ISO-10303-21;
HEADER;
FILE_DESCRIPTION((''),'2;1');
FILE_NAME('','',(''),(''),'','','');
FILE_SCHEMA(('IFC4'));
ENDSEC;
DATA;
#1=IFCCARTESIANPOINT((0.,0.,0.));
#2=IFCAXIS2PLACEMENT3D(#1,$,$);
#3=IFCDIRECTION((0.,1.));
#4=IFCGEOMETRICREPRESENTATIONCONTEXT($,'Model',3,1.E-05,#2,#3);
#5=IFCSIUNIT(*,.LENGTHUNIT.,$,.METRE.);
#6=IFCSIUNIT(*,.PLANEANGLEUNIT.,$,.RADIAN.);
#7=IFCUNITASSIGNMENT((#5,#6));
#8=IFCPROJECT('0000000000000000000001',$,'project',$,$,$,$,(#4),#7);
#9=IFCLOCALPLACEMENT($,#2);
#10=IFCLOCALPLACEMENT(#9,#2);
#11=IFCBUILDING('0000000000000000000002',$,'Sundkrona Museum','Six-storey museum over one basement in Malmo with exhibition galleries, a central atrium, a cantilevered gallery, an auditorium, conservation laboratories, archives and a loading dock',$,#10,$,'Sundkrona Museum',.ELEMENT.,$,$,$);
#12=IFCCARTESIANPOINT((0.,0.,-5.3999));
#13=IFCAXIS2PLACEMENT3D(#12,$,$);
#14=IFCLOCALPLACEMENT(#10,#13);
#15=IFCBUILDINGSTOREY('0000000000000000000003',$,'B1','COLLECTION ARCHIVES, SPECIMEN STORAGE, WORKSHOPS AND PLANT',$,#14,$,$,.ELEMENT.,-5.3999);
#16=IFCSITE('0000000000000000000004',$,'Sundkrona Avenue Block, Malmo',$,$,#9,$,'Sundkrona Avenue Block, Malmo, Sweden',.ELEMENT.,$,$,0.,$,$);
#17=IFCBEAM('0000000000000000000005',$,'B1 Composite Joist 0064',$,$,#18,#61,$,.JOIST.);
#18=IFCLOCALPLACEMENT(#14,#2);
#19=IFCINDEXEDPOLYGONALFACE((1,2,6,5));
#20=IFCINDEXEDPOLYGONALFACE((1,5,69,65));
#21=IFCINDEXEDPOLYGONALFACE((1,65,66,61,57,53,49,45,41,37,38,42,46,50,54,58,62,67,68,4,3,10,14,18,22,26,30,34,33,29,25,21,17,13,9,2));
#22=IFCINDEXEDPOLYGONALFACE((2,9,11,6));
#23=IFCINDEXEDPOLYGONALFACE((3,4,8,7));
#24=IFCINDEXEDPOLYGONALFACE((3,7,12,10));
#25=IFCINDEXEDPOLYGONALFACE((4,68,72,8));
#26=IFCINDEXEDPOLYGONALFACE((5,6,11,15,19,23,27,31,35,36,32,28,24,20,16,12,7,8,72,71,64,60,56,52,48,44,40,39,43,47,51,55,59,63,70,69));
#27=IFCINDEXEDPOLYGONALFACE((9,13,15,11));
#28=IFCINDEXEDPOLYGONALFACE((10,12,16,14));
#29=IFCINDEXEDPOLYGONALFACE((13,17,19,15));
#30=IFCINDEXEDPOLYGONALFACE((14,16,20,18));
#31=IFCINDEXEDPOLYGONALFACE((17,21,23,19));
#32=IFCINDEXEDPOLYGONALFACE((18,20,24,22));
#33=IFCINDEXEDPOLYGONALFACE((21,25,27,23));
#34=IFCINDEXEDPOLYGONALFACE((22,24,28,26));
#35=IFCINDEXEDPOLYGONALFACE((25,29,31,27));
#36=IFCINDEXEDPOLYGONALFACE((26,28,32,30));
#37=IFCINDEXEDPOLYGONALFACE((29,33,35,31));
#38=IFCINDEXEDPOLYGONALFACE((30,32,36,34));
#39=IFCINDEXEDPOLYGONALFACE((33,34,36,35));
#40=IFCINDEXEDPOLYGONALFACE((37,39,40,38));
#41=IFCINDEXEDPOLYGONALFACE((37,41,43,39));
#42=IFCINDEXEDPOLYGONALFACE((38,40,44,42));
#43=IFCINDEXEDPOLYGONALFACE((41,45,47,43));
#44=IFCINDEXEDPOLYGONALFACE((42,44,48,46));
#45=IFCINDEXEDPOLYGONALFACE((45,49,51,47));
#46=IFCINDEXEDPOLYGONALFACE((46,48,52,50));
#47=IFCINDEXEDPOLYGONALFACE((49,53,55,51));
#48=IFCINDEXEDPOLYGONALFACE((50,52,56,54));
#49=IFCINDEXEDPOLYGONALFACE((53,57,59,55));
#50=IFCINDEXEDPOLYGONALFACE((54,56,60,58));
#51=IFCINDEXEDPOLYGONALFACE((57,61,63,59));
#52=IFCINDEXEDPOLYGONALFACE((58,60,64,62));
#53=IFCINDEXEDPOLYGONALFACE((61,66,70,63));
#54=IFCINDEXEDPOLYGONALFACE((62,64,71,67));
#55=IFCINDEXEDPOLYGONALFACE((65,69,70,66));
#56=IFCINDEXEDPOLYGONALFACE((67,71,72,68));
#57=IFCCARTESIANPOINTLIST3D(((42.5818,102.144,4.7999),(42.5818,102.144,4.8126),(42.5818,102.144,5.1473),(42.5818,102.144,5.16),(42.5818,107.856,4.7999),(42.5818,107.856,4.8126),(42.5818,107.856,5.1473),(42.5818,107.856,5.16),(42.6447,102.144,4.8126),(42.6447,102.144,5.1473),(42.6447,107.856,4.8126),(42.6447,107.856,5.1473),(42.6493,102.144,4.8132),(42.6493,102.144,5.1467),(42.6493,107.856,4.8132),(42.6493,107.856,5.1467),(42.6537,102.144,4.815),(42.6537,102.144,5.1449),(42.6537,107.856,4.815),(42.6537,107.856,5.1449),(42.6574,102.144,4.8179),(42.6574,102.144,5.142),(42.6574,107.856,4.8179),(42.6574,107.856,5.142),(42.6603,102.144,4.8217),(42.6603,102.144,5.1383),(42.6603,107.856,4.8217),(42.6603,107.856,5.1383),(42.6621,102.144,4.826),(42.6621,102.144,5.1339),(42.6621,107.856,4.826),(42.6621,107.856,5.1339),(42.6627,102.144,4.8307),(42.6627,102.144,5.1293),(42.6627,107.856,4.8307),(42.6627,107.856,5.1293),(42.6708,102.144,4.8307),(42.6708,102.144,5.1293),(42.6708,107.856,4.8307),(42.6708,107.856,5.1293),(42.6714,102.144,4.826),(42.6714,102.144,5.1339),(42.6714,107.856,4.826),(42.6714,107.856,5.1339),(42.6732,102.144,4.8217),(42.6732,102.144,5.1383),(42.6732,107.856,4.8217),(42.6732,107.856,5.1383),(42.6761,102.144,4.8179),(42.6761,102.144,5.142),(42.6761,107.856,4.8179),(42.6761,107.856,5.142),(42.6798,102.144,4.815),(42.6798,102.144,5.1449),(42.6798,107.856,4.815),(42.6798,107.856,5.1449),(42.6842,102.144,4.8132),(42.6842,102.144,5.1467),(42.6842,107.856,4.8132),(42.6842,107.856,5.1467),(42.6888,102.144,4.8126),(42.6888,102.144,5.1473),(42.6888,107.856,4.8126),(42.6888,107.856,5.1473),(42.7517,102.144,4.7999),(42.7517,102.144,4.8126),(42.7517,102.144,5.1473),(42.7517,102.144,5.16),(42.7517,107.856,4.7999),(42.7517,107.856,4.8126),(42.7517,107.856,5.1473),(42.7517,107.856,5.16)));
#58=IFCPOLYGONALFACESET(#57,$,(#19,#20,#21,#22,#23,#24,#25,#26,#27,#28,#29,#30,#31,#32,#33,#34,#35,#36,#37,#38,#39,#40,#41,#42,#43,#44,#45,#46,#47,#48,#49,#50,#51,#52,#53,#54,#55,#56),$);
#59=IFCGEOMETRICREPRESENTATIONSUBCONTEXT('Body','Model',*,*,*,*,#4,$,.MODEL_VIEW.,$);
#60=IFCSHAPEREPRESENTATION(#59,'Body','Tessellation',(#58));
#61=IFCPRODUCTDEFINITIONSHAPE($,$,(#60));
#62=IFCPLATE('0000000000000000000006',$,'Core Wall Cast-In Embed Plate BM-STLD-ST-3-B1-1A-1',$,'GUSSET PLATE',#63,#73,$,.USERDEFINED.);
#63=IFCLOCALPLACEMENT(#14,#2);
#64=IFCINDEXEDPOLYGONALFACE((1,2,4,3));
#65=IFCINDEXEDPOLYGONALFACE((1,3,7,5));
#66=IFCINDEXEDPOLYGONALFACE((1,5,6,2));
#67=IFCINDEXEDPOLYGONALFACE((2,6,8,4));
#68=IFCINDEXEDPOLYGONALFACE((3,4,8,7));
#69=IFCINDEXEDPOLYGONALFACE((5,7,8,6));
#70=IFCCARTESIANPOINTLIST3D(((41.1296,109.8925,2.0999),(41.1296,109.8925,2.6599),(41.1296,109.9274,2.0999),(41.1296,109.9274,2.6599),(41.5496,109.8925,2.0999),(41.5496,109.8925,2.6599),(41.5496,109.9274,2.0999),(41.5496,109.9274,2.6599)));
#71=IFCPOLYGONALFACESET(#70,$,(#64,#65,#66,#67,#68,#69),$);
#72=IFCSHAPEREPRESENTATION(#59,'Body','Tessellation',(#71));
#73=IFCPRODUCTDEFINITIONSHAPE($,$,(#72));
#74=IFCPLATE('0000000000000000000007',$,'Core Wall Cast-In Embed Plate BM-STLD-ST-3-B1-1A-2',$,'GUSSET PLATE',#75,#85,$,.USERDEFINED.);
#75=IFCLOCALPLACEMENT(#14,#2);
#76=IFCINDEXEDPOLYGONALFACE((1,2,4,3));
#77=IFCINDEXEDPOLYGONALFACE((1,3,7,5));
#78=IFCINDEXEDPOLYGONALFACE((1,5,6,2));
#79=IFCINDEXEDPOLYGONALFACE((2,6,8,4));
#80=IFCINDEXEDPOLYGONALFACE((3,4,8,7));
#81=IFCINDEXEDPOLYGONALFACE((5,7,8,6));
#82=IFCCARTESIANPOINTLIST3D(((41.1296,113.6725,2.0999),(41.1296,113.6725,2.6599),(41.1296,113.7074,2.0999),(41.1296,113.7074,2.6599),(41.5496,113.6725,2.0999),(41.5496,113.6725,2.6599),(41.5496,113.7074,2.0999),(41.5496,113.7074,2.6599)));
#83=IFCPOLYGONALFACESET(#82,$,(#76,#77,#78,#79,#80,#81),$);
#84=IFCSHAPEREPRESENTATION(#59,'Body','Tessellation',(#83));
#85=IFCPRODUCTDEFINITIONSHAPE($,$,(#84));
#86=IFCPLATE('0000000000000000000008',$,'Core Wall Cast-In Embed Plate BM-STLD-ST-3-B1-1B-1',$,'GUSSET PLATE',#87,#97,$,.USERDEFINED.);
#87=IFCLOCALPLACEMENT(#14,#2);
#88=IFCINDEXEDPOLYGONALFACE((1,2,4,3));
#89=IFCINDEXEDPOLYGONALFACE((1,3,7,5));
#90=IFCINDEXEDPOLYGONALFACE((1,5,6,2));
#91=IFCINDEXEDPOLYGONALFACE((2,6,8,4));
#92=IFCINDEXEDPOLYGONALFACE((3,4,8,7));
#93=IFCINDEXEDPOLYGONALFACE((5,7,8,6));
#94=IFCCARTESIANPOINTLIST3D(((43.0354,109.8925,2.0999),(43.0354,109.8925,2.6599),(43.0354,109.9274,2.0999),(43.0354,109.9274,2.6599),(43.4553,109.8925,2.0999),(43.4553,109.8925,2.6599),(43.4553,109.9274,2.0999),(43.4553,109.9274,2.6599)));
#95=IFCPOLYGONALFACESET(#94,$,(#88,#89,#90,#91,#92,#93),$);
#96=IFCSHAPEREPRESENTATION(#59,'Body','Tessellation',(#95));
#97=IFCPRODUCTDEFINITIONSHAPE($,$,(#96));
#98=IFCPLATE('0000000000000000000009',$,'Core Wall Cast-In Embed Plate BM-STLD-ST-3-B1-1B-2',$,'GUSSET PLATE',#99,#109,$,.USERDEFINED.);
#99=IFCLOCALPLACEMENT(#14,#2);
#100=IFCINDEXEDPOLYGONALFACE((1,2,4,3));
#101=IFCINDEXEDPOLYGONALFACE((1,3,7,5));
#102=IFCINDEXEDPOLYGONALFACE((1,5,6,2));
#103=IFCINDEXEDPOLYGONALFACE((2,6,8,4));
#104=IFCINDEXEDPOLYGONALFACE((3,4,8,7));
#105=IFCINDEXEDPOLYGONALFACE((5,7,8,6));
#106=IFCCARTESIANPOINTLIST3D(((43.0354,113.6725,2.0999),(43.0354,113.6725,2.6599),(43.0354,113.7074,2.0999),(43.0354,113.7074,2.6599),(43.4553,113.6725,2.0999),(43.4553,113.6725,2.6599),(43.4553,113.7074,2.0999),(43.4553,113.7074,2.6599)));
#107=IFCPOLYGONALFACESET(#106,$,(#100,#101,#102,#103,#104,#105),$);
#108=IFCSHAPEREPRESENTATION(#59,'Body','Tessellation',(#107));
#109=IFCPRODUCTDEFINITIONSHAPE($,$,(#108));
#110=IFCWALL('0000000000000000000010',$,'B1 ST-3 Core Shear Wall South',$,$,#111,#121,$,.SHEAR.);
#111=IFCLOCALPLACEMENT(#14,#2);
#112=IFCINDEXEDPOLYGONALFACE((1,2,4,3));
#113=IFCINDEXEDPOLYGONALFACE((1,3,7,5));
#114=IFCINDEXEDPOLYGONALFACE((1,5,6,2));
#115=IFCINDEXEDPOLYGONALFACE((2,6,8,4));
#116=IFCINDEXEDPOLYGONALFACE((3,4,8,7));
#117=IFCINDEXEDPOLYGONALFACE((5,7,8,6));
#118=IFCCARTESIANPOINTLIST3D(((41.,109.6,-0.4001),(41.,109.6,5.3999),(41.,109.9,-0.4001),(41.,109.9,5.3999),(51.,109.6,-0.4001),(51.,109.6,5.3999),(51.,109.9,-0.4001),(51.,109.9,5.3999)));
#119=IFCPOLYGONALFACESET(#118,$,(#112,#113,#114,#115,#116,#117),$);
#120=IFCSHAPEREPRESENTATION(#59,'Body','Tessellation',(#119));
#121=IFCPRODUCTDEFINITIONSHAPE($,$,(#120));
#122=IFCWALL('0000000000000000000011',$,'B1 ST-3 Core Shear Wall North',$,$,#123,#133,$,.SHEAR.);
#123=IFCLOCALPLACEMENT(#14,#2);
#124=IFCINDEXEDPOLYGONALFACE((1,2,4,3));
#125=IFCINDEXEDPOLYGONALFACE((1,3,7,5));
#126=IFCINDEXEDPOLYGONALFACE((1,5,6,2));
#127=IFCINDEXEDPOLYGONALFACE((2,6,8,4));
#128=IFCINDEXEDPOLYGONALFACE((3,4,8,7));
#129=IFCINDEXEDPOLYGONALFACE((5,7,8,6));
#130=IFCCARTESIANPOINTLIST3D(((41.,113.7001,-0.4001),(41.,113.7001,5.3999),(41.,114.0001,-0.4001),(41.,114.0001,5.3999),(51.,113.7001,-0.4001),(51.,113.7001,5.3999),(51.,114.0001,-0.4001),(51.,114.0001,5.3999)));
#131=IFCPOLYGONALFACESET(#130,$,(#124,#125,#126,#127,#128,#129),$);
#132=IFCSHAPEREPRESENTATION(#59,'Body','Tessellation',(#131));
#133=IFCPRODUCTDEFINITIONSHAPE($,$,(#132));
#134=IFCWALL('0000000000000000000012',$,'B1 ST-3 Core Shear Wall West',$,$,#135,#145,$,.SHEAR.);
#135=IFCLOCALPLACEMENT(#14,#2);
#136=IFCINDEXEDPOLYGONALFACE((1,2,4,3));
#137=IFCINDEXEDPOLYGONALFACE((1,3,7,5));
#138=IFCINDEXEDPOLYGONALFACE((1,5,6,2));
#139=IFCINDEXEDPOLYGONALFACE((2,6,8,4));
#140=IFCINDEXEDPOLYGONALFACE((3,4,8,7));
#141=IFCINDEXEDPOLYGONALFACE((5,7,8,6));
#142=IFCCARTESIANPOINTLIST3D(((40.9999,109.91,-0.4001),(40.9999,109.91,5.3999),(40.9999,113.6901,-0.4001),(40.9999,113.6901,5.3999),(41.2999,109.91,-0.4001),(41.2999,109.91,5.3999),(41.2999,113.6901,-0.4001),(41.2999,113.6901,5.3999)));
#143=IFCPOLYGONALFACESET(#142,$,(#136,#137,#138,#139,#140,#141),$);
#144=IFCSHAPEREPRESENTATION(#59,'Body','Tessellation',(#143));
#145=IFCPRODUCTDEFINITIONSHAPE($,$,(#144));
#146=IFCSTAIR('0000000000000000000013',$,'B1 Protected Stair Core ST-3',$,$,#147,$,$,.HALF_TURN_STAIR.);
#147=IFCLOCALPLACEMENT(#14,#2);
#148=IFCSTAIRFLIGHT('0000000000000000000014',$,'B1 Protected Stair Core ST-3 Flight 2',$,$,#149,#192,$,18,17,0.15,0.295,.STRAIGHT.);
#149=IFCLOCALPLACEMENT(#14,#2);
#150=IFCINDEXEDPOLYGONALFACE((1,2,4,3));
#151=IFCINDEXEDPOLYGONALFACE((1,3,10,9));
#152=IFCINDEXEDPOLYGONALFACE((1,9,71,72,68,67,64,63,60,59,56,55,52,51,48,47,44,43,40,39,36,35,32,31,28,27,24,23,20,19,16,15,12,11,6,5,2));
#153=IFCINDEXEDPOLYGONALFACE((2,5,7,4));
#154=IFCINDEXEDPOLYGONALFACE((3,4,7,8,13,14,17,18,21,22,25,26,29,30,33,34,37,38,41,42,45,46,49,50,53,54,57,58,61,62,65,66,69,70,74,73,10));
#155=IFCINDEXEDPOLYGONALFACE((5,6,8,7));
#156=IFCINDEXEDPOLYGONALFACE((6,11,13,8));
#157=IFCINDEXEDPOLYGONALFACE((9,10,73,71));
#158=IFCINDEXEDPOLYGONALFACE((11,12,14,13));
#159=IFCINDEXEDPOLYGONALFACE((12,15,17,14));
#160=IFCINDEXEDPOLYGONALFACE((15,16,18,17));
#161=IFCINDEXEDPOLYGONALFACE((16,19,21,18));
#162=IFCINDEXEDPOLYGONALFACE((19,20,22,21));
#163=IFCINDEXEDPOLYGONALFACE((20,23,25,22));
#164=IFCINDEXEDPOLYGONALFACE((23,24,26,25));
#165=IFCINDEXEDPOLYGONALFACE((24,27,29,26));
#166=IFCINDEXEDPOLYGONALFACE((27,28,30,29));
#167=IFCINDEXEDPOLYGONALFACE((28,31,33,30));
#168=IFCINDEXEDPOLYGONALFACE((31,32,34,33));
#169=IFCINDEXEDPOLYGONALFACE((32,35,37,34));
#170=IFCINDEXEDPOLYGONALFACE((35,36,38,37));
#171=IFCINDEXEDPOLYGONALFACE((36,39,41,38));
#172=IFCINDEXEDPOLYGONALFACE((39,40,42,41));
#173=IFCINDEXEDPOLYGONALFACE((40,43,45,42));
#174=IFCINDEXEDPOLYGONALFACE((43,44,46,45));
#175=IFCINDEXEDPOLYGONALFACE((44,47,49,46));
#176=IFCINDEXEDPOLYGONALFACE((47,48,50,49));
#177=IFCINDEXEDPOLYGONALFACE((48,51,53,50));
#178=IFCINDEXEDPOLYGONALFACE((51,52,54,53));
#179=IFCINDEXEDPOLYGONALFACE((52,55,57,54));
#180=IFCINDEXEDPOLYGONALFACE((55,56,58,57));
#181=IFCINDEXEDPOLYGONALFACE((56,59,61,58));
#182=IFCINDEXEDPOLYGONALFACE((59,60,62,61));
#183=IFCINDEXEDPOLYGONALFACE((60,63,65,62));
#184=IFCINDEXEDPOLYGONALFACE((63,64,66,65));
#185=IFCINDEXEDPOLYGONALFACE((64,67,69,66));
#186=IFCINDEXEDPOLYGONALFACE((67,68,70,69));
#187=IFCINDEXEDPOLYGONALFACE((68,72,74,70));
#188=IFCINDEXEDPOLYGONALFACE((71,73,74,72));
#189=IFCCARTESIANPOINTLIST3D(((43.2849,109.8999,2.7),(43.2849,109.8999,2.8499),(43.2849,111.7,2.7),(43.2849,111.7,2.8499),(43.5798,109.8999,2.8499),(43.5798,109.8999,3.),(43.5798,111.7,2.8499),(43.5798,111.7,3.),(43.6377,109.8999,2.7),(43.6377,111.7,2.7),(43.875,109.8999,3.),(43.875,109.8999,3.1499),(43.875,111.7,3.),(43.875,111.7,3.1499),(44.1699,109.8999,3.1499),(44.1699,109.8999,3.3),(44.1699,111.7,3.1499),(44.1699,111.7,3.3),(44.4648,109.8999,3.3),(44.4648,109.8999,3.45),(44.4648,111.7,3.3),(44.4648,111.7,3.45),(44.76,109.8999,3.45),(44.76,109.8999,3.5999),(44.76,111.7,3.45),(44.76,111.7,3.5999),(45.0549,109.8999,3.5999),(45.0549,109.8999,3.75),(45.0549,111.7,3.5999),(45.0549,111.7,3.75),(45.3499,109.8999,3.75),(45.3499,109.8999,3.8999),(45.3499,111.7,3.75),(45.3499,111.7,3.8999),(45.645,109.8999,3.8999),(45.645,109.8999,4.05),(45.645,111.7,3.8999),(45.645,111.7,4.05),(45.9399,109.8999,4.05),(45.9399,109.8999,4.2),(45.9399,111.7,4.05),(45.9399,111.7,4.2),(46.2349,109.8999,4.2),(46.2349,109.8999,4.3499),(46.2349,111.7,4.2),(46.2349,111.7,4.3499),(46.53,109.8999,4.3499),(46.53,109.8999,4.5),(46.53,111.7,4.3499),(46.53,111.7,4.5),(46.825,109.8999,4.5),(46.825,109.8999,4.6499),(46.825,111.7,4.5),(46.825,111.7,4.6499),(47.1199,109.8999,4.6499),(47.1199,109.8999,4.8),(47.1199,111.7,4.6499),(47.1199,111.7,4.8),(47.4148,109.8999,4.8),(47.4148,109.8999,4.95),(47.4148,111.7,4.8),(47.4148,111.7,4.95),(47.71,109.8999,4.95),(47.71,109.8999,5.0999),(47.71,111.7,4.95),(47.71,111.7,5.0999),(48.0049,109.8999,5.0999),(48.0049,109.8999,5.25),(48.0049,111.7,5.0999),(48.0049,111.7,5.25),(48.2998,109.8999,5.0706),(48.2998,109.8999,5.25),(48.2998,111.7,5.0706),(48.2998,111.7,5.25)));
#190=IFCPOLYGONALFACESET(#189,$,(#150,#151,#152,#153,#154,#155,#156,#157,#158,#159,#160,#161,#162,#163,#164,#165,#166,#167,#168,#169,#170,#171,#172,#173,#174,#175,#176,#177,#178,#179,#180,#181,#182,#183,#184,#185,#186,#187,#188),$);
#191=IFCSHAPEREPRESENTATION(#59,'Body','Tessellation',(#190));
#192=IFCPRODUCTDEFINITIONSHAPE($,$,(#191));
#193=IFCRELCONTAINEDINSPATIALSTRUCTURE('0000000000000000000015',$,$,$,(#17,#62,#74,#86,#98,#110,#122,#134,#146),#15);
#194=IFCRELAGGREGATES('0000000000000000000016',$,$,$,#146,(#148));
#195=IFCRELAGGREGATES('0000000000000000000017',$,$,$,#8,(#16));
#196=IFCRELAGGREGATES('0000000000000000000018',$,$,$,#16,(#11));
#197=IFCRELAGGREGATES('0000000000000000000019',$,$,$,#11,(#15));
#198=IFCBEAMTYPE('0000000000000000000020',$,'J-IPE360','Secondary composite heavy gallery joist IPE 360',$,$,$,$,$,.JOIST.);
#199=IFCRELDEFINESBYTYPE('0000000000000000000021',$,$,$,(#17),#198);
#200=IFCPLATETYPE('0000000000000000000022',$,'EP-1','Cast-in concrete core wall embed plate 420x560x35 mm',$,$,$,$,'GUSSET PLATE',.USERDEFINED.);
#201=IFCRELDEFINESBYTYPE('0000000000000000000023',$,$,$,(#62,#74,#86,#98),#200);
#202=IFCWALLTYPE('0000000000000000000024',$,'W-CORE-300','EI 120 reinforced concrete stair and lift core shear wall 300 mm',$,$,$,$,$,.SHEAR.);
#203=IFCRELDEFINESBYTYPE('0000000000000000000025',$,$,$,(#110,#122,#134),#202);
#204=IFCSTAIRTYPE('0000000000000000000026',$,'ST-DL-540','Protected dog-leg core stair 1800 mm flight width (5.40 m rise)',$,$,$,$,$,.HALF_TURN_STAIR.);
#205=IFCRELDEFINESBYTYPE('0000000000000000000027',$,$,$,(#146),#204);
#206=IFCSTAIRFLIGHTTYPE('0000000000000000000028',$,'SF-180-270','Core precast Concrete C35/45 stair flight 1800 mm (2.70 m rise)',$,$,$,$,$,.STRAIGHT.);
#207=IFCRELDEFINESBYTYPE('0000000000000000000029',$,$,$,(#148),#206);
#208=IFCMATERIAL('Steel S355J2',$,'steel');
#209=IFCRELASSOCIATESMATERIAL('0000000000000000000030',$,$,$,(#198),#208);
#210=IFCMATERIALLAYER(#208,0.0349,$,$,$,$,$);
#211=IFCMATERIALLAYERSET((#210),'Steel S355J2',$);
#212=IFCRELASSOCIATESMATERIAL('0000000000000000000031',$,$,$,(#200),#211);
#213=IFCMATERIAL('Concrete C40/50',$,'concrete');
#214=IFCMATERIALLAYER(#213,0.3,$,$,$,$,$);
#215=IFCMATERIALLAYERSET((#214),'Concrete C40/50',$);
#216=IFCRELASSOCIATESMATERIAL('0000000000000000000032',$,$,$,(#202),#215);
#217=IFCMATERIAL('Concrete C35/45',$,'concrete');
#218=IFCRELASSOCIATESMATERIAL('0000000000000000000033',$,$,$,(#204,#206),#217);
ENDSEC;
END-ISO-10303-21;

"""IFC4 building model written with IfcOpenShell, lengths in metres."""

from ifc_helpers import new_model, si_unit, direction, frame, frame_2d, origin, origin_2d, place, context, subcontext, project, spatial, polyline, rectangle, i_section, outline, extrude, material, layer, layer_set, material_profile, profile_set, type_object, element, aggregate, save


model = new_model("IFC4")

# Units and contexts
model_context = context("Model", 3, precision=1e-05, world=origin(), true_north=direction((0.0, 1.0)))
body_context = subcontext(model_context, "Body", "Model", "MODEL_VIEW")
ifc_project = project(units=[si_unit("LENGTHUNIT", "METRE"), si_unit("PLANEANGLEUNIT", "RADIAN")], contexts=[model_context])

# Site, building, storey
site_placement = place(None, origin())
site = spatial("IfcSite", under=ifc_project, at=site_placement, Name="Sundkrona Avenue Block, Malmo", LongName="Sundkrona Avenue Block, Malmo, Sweden", CompositionType="ELEMENT", RefElevation=0.0)
building_placement = place(site_placement, origin())
building = spatial("IfcBuilding", under=site, at=building_placement, Name="Sundkrona Museum", Description="Six-storey museum over one basement in Malmo with exhibition galleries, a central atrium, a cantilevered gallery, an auditorium, conservation laboratories, archives and a loading dock", LongName="Sundkrona Museum", CompositionType="ELEMENT")
storey_placement = place(building_placement, frame((0.0, 0.0, -5.3999)))
storey = spatial("IfcBuildingStorey", under=building, at=storey_placement, Name="B1", Description="COLLECTION ARCHIVES, SPECIMEN STORAGE, WORKSHOPS AND PLANT", CompositionType="ELEMENT", Elevation=-5.3999)

# Shared definitions
ifc_material_1 = material(Name="Concrete C40/50", Category="concrete")

# Shared definitions
ifc_material_2 = material(Name="Steel S355J2", Category="steel")

# Beam
ifc_material_profile_1 = material_profile(ifc_material_2, i_section(OverallWidth=0.1699, OverallDepth=0.3601, WebThickness=0.0081, FlangeThickness=0.0127, FilletRadius=0.0181, at=origin_2d()), Name="IPE 360")
ifc_profile_set_1 = profile_set([ifc_material_profile_1], Name="Steel S355J2")
beam_type_1 = type_object("IfcBeamType", Name="J-IPE360", Description="Secondary composite heavy gallery joist IPE 360", PredefinedType="JOIST", material=ifc_profile_set_1)
beam_1_placement = place(storey_placement, frame((42.6667, 102.144, 4.98), z_axis=(0.0, 1.0, 0.0), x_axis=(-1.0, 0.0, 0.0)))
element("IfcBeam", 1, at=beam_1_placement, inside=storey, type_object=beam_type_1, Name="B1 Composite Joist 0064", PredefinedType="JOIST", context=body_context, shape_type="SweptSolid", body=[
    extrude(i_section(OverallWidth=0.1699, OverallDepth=0.3601, WebThickness=0.0081, FlangeThickness=0.0127, FilletRadius=0.0181, at=origin_2d()), origin(), (0.0, 0.0, 1.0), 5.7119),
])

# Plates
ifc_layer_1 = layer(ifc_material_2, 0.0349)
ifc_layer_set_1 = layer_set([ifc_layer_1], Name="Steel S355J2")
plate_type = type_object("IfcPlateType", Name="EP-1", Description="Cast-in concrete core wall embed plate 420x560x35 mm", ElementType="GUSSET PLATE", PredefinedType="USERDEFINED", material=ifc_layer_set_1)
for number, where, z_axis, x_axis, name in (
    (2, (41.3396, 109.9099, 2.0999), (0.0, 0.0, 1.0), (1.0, 0.0, 0.0), "Core Wall Cast-In Embed Plate BM-STLD-ST-3-B1-1A-1"),
    (3, (41.3396, 113.6899, 2.0999), (0.0, 0.0, 1.0), (1.0, 0.0, 0.0), "Core Wall Cast-In Embed Plate BM-STLD-ST-3-B1-1A-2"),
    (4, (43.2454, 109.9099, 2.0999), (0.0, 0.0, 1.0), (1.0, 0.0, 0.0), "Core Wall Cast-In Embed Plate BM-STLD-ST-3-B1-1B-1"),
    (5, (43.2454, 113.6899, 2.0999), (0.0, 0.0, 1.0), (1.0, 0.0, 0.0), "Core Wall Cast-In Embed Plate BM-STLD-ST-3-B1-1B-2"),
):
    element("IfcPlate", number, at=place(storey_placement, frame(where, z_axis=z_axis, x_axis=x_axis)), inside=storey, type_object=plate_type, Name=name, ObjectType="GUSSET PLATE", PredefinedType="USERDEFINED", context=body_context, shape_type="SweptSolid", body=[
        extrude(rectangle(XDim=0.4199, YDim=0.0349, at=origin_2d()), origin(), (0.0, 0.0, 1.0), 0.5601),
    ])

# Walls
ifc_layer_2 = layer(ifc_material_1, 0.3)
ifc_layer_set_2 = layer_set([ifc_layer_2], Name="Concrete C40/50")
wall_type = type_object("IfcWallType", Name="W-CORE-300", Description="EI 120 reinforced concrete stair and lift core shear wall 300 mm", PredefinedType="SHEAR", material=ifc_layer_set_2)
for number, where, z_axis, x_axis, name in (
    (6, (41.0, 109.75, -0.4001), (0.0, 0.0, 1.0), (1.0, 0.0, 0.0), "B1 ST-3 Core Shear Wall South"),
    (7, (41.0, 113.8501, -0.4001), (0.0, 0.0, 1.0), (1.0, 0.0, 0.0), "B1 ST-3 Core Shear Wall North"),
):
    element("IfcWall", number, at=place(storey_placement, frame(where, z_axis=z_axis, x_axis=x_axis)), inside=storey, type_object=wall_type, Name=name, PredefinedType="SHEAR", context=body_context, shape_type="SweptSolid", body=[
        extrude(rectangle(XDim=10.0, YDim=0.3, at=frame_2d((5.0, 0.0))), origin(), (0.0, 0.0, 1.0), 5.8),
    ])
wall_placement = place(storey_placement, frame((41.1499, 109.9099, -0.4001), z_axis=(0.0, 0.0, 1.0), x_axis=(0.0, 1.0, 0.0)))
element("IfcWall", 8, at=wall_placement, inside=storey, type_object=wall_type, Name="B1 ST-3 Core Shear Wall West", PredefinedType="SHEAR", context=body_context, shape_type="SweptSolid", body=[
    extrude(rectangle(XDim=3.78, YDim=0.3, at=frame_2d((1.8901, 0.0))), origin(), (0.0, 0.0, 1.0), 5.8),
])

# Stair, stair flight
ifc_material_3 = material(Name="Concrete C35/45", Category="concrete")
stair_type = type_object("IfcStairType", Name="ST-DL-540", Description="Protected dog-leg core stair 1800 mm flight width (5.40 m rise)", PredefinedType="HALF_TURN_STAIR", material=ifc_material_3)
stair_placement = place(storey_placement, origin())
stair = element("IfcStair", 9, at=stair_placement, inside=storey, type_object=stair_type, Name="B1 Protected Stair Core ST-3", PredefinedType="HALF_TURN_STAIR")
stair_flight_type = type_object("IfcStairFlightType", Name="SF-180-270", Description="Core precast Concrete C35/45 stair flight 1800 mm (2.70 m rise)", PredefinedType="STRAIGHT", material=ifc_material_3)
stair_flight_placement = place(storey_placement, frame((43.2849, 110.8, 2.7), z_axis=(0.0, 0.0, 1.0), x_axis=(1.0, 0.0, 0.0)))
stair_flight = element("IfcStairFlight", 10, at=stair_flight_placement, type_object=stair_flight_type, Name="B1 Protected Stair Core ST-3 Flight 2", NumberOfRisers=18, NumberOfTreads=17, PredefinedType="STRAIGHT", RiserHeight=0.15, TreadLength=0.295, context=body_context, shape_type="SweptSolid", body=[
    extrude(outline(polyline([(0.0, 0.0), (0.0, 0.1499), (0.2949, 0.1499), (0.2949, 0.3), (0.5901, 0.3), (0.5901, 0.45), (0.885, 0.45), (0.885, 0.6001), (1.1799, 0.6001), (1.1799, 0.75), (1.4751, 0.75), (1.4751, 0.8999), (1.77, 0.8999), (1.77, 1.05), (2.0649, 1.05), (2.0649, 1.2), (2.3601, 1.2), (2.3601, 1.3501), (2.655, 1.3501), (2.655, 1.5), (2.95, 1.5), (2.95, 1.6499), (3.2451, 1.6499), (3.2451, 1.8), (3.54, 1.8), (3.54, 1.95), (3.835, 1.95), (3.835, 2.1001), (4.1299, 2.1001), (4.1299, 2.25), (4.425, 2.25), (4.425, 2.3999), (4.72, 2.3999), (4.72, 2.55), (5.0149, 2.55), (5.0149, 2.7), (5.0149, 2.3706), (0.3528, 0.0), (0.0, 0.0)])), frame((0.0, 0.8999, 0.0), z_axis=(0.0, -1.0, 0.0), x_axis=(1.0, 0.0, 0.0)), (0.0, 0.0, 1.0), 1.8),
])
aggregate(stair, [stair_flight])

save(model, "model.ifc")
